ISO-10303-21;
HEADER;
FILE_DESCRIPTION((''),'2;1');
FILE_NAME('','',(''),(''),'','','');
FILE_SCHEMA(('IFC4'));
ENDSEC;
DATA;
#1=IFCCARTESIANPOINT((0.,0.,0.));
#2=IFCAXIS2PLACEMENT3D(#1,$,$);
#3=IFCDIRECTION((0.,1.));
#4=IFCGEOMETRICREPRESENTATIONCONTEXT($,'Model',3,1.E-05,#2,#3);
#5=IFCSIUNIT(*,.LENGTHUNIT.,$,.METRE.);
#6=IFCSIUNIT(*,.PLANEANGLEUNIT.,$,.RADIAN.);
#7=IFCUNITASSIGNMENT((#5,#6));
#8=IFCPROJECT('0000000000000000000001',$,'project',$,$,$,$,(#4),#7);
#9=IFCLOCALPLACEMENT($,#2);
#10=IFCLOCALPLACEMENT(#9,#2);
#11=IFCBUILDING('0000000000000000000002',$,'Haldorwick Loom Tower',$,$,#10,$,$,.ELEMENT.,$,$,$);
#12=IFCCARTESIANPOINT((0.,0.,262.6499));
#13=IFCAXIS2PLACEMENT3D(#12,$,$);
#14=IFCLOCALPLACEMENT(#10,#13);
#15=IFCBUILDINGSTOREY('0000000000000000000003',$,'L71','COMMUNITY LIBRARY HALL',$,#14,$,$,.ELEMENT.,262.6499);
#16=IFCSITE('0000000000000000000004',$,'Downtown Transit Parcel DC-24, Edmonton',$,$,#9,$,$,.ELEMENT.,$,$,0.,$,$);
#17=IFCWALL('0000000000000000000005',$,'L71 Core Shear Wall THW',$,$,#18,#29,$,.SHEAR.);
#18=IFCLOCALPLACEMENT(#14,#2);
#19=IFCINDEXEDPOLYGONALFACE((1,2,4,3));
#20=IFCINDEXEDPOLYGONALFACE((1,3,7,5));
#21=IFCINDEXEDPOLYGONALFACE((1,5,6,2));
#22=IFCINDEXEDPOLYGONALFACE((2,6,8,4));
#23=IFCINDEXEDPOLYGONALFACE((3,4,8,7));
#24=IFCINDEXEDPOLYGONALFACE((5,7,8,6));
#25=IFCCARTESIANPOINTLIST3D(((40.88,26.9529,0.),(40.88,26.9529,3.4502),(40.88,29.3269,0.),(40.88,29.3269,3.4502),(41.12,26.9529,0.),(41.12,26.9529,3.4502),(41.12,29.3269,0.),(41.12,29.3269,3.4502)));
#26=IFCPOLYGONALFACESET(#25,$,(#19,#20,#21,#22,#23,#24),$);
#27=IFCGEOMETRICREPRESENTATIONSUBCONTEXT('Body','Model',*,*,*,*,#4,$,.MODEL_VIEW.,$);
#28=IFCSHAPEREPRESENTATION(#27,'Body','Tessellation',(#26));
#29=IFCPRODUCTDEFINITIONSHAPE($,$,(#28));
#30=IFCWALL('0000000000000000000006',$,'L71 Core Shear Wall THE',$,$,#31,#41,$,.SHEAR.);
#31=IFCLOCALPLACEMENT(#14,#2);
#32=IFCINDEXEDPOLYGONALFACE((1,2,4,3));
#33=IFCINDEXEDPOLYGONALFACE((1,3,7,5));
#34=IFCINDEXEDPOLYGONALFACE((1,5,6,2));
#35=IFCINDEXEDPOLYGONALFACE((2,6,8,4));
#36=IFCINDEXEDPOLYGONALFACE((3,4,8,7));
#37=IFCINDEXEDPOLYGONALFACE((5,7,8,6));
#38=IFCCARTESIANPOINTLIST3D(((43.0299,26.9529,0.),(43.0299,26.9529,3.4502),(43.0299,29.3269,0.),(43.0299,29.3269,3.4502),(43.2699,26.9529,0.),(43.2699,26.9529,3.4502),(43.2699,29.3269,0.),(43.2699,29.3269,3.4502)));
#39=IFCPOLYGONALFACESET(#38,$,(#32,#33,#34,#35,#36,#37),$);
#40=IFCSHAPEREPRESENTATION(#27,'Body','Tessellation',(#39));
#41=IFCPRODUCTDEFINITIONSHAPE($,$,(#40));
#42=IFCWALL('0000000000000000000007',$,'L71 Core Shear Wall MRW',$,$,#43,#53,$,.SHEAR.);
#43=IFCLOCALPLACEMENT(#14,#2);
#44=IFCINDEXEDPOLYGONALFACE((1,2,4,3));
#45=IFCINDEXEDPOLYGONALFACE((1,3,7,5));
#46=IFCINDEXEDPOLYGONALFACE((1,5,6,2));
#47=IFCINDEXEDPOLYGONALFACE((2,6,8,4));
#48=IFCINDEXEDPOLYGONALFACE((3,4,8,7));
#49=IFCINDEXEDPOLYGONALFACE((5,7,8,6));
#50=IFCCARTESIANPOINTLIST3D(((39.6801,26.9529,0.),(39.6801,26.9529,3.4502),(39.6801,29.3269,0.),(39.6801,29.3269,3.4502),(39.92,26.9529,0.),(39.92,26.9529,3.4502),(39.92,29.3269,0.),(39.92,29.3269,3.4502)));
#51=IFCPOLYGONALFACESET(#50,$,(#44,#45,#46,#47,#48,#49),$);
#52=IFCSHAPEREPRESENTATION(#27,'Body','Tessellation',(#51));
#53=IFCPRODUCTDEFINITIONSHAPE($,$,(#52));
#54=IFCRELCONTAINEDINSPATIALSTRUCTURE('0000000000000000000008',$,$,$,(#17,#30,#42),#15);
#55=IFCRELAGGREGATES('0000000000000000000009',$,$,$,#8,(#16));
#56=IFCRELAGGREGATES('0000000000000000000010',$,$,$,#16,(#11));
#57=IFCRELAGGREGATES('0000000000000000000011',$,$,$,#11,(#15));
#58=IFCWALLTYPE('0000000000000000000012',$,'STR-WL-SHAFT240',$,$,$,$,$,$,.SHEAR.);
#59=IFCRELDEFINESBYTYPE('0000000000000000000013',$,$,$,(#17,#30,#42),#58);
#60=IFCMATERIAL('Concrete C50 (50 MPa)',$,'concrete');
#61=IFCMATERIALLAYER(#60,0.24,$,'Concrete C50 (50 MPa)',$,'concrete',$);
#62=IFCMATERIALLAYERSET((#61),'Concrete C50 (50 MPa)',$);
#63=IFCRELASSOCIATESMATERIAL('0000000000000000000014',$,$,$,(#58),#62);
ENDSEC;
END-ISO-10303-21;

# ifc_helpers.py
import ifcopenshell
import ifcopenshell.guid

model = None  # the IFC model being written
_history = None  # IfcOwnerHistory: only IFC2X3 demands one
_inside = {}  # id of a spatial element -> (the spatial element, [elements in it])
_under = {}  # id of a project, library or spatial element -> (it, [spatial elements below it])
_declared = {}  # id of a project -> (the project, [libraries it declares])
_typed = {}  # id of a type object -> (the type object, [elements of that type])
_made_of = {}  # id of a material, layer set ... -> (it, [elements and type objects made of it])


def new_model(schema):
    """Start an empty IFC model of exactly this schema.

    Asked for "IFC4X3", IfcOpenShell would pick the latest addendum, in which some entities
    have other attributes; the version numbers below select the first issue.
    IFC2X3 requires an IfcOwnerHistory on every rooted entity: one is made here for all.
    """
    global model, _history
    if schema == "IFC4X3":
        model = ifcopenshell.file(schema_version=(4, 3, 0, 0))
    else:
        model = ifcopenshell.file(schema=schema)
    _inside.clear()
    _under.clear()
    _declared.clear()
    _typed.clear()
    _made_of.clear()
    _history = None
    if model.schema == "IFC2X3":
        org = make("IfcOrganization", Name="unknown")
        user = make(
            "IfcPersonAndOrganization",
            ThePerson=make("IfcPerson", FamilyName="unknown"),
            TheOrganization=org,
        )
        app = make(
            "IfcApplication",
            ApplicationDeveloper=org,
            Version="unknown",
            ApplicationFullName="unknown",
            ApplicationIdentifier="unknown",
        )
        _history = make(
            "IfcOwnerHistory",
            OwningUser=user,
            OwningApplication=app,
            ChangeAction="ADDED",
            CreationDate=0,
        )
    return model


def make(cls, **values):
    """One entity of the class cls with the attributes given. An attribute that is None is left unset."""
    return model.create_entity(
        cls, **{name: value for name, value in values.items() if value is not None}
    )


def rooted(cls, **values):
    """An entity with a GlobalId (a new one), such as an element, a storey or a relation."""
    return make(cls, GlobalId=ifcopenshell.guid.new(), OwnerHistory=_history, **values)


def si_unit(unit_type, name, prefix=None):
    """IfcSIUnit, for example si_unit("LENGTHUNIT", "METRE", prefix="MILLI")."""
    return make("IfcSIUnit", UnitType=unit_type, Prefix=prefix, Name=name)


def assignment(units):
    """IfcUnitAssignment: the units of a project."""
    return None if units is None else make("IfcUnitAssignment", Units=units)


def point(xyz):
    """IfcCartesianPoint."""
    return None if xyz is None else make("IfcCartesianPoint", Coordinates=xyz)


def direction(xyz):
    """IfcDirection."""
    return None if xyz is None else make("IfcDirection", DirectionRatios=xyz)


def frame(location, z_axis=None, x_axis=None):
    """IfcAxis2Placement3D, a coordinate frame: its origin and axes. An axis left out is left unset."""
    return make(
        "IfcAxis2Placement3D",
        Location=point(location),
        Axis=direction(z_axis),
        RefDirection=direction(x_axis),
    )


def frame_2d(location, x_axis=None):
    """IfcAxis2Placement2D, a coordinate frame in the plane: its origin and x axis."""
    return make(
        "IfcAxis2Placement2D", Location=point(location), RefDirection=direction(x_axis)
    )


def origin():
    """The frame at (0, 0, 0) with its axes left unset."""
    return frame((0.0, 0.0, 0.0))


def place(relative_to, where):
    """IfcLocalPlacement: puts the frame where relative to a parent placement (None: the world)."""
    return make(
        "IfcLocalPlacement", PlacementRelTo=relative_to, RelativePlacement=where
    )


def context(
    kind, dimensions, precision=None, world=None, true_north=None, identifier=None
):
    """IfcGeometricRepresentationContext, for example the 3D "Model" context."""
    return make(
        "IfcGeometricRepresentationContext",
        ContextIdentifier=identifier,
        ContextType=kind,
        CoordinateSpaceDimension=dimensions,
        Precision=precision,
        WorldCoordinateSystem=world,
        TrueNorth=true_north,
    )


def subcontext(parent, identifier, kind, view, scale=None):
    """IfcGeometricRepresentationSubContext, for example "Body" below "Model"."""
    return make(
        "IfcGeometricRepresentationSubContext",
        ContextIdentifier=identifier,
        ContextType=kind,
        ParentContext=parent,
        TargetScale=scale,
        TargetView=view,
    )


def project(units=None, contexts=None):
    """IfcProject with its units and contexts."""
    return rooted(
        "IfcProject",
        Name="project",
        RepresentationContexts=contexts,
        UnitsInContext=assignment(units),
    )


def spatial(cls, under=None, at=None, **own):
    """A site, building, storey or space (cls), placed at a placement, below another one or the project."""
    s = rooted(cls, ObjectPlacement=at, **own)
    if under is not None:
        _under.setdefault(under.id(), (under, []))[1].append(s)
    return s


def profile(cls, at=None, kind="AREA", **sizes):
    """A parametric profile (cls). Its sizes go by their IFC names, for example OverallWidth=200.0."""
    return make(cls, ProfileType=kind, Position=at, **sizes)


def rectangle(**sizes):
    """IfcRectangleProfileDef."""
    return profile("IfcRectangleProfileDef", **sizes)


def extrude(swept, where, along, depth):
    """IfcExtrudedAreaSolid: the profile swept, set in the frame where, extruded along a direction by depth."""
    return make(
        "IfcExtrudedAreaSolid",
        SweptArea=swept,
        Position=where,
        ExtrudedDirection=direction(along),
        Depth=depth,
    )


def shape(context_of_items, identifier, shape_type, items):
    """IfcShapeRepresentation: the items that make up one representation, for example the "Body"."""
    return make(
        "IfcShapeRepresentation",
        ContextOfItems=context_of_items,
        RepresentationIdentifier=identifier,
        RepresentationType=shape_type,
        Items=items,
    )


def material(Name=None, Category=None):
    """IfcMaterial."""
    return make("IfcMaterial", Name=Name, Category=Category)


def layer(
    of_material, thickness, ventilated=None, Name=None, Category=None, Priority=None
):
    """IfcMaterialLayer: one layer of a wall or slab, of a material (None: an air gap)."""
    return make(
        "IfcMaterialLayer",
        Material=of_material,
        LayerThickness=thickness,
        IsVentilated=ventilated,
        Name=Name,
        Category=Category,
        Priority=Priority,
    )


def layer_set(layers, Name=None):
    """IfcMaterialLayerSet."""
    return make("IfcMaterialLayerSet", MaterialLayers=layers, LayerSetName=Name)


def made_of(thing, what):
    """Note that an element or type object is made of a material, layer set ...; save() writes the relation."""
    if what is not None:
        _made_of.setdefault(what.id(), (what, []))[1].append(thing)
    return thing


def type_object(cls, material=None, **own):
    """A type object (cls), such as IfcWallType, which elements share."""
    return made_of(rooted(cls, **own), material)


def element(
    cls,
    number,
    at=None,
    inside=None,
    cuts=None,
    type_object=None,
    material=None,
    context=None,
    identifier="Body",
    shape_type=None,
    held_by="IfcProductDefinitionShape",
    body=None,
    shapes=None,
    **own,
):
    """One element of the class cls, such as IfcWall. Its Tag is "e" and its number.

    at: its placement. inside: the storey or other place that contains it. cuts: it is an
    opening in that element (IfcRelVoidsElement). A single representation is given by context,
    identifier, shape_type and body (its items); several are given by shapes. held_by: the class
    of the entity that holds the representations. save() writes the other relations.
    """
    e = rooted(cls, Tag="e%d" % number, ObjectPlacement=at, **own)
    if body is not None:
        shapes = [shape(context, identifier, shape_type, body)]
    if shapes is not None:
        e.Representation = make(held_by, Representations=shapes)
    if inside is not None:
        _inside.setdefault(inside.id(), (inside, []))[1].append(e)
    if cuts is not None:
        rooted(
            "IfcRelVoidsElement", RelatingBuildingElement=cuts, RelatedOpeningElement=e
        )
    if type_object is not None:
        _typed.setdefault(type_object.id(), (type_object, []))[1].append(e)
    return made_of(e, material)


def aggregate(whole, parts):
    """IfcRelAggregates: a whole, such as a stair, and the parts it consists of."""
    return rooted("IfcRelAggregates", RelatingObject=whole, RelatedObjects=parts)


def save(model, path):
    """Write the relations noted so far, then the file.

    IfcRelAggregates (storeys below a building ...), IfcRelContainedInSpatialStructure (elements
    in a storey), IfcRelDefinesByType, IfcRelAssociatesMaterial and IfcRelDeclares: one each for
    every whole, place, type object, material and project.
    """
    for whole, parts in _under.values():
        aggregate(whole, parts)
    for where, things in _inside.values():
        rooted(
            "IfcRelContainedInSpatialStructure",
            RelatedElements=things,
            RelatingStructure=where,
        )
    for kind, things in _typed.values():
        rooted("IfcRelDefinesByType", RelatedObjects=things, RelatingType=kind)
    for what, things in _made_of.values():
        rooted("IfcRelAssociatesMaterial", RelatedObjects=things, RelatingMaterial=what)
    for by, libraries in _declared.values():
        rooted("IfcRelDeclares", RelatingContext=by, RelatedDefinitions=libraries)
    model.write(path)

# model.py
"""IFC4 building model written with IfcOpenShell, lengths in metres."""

from ifc_helpers import new_model, si_unit, direction, frame, frame_2d, origin, place, context, subcontext, project, spatial, rectangle, extrude, material, layer, layer_set, type_object, element, save


model = new_model("IFC4")

# Units and contexts
model_context = context("Model", 3, precision=1e-05, world=origin(), true_north=direction((0.0, 1.0)))
body_context = subcontext(model_context, "Body", "Model", "MODEL_VIEW")
ifc_project = project(units=[si_unit("LENGTHUNIT", "METRE"), si_unit("PLANEANGLEUNIT", "RADIAN")], contexts=[model_context])

# Site, building, storey
site_placement = place(None, origin())
site = spatial("IfcSite", under=ifc_project, at=site_placement, Name="Downtown Transit Parcel DC-24, Edmonton", CompositionType="ELEMENT", RefElevation=0.0)
building_placement = place(site_placement, origin())
building = spatial("IfcBuilding", under=site, at=building_placement, Name="Haldorwick Loom Tower", CompositionType="ELEMENT")
storey_placement = place(building_placement, frame((0.0, 0.0, 262.6499)))
storey = spatial("IfcBuildingStorey", under=building, at=storey_placement, Name="L71", Description="COMMUNITY LIBRARY HALL", CompositionType="ELEMENT", Elevation=262.6499)

# Shared definitions
ifc_material_1 = material(Name="Concrete C50 (50 MPa)", Category="concrete")

# Walls
ifc_layer_1 = layer(ifc_material_1, 0.24, Name="Concrete C50 (50 MPa)", Category="concrete")
ifc_layer_set_1 = layer_set([ifc_layer_1], Name="Concrete C50 (50 MPa)")
wall_type_1 = type_object("IfcWallType", Name="STR-WL-SHAFT240", PredefinedType="SHEAR", material=ifc_layer_set_1)
for number, where, z_axis, x_axis, name in (
    (1, (41.0, 26.9529, 0.0), (0.0, 0.0, 1.0), (0.0, 1.0, 0.0), "L71 Core Shear Wall THW"),
    (2, (43.1499, 26.9529, 0.0), (0.0, 0.0, 1.0), (0.0, 1.0, 0.0), "L71 Core Shear Wall THE"),
    (3, (39.8, 26.9529, 0.0), (0.0, 0.0, 1.0), (0.0, 1.0, 0.0), "L71 Core Shear Wall MRW"),
):
    element("IfcWall", number, at=place(storey_placement, frame(where, z_axis=z_axis, x_axis=x_axis)), inside=storey, type_object=wall_type_1, Name=name, PredefinedType="SHEAR", context=body_context, shape_type="SweptSolid", body=[
        extrude(rectangle(XDim=2.374, YDim=0.24, at=frame_2d((1.187, 0.0))), origin(), (0.0, 0.0, 1.0), 3.4502),
    ])

save(model, "model.ifc")
